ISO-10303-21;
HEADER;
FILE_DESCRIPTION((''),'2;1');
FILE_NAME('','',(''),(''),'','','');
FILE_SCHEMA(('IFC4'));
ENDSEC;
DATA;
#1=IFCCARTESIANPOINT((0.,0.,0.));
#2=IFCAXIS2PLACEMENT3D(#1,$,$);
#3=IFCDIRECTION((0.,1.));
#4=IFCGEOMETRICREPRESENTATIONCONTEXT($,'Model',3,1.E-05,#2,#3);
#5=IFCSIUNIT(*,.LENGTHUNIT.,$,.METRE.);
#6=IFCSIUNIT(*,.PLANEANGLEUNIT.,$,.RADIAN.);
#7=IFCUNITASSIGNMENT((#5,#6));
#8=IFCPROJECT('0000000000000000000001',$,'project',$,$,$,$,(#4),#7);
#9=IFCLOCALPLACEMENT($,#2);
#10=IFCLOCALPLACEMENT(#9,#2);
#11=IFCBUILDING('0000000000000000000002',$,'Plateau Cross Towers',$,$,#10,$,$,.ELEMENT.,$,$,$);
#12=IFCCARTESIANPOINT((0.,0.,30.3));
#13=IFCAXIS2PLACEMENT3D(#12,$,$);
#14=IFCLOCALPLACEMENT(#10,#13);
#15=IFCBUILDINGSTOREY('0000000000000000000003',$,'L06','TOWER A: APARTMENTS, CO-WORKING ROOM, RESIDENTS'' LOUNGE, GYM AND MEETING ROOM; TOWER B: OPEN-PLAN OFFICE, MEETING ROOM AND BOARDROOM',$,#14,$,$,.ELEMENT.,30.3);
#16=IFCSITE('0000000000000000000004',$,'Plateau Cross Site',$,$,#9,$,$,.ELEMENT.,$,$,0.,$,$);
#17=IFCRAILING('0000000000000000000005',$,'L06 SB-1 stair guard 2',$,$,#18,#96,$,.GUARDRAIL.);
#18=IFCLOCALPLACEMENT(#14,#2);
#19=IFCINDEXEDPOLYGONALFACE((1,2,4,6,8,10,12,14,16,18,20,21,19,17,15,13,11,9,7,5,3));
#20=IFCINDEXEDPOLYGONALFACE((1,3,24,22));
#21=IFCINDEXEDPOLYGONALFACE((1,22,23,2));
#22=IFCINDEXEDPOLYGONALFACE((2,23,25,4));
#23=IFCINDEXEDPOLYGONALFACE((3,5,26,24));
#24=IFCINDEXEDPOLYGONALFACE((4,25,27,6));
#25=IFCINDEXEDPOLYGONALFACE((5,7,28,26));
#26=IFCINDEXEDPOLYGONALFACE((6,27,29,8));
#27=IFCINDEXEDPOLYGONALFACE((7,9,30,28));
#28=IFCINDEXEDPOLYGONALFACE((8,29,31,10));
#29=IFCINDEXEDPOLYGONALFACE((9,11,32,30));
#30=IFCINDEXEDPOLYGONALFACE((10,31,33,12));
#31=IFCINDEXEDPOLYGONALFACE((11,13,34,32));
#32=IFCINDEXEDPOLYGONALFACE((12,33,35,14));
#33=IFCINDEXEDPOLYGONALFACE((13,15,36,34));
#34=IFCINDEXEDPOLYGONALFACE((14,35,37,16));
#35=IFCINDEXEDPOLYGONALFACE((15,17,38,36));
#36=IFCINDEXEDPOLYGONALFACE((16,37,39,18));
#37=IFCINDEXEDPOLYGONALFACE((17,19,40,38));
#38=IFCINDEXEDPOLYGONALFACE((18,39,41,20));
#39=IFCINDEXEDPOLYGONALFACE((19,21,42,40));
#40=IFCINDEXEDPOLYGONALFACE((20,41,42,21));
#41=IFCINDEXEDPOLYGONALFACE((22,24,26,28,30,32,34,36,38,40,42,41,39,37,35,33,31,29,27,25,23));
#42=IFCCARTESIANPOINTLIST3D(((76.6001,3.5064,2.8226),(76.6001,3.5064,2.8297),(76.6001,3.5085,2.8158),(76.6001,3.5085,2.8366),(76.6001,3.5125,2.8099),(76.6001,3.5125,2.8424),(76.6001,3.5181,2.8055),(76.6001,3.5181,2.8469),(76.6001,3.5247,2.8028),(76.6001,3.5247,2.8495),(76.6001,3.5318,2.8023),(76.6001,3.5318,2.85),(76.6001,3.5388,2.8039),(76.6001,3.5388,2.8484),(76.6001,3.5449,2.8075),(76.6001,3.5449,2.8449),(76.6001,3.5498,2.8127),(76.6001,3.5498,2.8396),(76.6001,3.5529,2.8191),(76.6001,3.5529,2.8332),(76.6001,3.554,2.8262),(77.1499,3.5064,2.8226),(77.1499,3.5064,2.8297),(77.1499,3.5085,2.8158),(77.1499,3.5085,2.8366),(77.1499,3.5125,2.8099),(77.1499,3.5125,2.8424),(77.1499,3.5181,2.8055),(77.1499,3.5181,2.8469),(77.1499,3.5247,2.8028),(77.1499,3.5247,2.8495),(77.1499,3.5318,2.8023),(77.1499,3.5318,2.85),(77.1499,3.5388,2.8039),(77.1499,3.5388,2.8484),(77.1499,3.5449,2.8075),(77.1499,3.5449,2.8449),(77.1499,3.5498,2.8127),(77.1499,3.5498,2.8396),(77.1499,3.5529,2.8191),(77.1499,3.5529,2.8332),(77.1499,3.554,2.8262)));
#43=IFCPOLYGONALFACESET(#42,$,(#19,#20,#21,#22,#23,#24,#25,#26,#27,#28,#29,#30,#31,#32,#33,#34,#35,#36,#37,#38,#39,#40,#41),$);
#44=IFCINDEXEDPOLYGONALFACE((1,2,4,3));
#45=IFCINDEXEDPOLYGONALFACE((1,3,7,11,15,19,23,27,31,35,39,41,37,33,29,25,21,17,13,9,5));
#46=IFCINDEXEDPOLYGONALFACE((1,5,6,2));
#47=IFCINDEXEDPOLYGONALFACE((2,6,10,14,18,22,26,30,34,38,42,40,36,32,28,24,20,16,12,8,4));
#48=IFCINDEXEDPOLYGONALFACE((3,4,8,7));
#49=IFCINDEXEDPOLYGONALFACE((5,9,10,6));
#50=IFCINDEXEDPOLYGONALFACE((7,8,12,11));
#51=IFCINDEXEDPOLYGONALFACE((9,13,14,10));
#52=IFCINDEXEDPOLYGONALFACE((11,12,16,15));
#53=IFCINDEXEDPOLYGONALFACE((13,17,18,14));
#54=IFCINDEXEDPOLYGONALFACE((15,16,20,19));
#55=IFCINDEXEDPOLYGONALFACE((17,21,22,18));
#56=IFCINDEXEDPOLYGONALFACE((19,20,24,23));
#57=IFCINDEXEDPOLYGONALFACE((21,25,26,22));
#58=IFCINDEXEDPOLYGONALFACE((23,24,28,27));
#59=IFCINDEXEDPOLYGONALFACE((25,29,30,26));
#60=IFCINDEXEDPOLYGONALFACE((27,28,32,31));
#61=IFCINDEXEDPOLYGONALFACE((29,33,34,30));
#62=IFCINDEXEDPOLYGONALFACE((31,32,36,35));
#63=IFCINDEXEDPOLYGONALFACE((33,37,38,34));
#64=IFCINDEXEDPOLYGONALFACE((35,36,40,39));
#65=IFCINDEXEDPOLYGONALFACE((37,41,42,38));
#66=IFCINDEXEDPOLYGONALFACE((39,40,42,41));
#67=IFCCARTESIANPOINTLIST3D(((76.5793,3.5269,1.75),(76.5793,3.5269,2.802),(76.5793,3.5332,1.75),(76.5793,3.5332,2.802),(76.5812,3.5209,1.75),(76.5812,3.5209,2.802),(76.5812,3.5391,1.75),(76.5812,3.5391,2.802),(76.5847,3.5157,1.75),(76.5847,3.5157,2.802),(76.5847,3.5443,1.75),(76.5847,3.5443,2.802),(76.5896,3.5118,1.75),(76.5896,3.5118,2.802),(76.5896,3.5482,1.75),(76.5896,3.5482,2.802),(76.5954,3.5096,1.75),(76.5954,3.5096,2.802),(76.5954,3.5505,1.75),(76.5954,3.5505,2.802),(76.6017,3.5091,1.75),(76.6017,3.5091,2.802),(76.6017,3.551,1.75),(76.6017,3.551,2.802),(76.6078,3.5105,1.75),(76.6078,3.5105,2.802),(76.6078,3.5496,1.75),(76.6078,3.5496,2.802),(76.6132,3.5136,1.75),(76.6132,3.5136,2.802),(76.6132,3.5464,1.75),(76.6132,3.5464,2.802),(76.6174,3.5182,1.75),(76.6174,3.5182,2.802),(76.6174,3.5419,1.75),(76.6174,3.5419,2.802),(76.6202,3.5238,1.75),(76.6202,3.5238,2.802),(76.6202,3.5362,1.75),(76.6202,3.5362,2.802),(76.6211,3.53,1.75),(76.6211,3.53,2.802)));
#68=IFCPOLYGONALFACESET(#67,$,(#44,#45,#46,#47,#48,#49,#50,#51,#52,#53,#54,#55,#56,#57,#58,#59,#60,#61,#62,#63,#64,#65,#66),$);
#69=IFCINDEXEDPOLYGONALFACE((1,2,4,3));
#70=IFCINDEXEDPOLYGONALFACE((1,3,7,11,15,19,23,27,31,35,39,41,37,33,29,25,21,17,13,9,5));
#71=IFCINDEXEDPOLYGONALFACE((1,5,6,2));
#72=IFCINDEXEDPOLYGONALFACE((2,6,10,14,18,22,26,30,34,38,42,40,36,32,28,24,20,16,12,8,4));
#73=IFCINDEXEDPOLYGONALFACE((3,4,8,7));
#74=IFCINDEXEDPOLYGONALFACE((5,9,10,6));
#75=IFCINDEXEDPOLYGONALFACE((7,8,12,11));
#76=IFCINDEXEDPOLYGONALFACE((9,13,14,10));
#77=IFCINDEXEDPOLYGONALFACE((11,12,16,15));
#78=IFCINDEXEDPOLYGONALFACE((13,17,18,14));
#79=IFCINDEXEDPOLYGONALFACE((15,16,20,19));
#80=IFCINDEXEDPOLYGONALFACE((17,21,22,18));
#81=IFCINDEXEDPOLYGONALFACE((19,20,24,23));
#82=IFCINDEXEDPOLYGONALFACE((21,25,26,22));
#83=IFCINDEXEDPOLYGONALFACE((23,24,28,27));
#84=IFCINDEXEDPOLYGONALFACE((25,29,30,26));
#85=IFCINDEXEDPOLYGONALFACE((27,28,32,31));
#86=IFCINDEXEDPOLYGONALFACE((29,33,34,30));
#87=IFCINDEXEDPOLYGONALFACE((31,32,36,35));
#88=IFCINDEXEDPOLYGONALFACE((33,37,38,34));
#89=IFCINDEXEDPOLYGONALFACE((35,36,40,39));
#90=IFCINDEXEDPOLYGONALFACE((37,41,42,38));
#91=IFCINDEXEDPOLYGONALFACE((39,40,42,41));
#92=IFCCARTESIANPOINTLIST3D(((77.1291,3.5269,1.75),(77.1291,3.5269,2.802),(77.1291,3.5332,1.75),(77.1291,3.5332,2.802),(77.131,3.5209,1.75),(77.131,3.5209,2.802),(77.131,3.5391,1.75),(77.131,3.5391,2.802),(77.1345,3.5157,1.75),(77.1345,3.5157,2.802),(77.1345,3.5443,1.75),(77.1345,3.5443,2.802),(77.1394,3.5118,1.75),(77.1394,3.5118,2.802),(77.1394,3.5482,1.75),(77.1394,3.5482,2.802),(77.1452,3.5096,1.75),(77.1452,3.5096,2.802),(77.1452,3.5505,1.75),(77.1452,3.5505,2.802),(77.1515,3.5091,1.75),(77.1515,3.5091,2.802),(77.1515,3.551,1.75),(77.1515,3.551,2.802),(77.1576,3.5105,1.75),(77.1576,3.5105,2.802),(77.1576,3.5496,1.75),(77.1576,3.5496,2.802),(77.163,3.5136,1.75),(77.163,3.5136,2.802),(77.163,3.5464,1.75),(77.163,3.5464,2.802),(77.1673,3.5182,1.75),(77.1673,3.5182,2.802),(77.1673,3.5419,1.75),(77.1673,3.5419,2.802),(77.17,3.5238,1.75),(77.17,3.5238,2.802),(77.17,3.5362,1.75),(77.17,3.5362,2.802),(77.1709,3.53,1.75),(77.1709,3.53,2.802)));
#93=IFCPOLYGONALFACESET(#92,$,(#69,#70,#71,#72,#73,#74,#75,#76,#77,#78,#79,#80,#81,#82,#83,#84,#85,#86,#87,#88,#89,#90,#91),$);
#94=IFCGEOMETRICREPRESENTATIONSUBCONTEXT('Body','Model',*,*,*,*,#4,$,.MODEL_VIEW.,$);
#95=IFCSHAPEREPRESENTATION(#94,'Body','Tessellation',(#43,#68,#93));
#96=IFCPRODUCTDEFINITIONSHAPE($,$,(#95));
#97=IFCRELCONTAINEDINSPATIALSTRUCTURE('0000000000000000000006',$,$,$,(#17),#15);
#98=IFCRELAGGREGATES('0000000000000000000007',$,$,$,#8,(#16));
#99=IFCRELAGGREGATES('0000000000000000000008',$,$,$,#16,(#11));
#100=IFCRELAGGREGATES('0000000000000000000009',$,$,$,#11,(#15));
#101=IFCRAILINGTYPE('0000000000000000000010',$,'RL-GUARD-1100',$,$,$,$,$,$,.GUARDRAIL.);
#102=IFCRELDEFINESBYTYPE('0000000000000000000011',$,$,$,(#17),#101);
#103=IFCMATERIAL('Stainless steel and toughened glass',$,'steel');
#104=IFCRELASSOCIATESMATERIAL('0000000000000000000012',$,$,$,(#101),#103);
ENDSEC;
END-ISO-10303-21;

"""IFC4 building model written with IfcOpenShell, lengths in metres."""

from ifc_helpers import new_model, si_unit, direction, frame, origin, origin_2d, place, context, subcontext, project, spatial, circle, extrude, material, type_object, element, save


model = new_model("IFC4")

# Units and contexts
model_context = context("Model", 3, precision=1e-05, world=origin(), true_north=direction((0.0, 1.0)))
body_context = subcontext(model_context, "Body", "Model", "MODEL_VIEW")
ifc_project = project(units=[si_unit("LENGTHUNIT", "METRE"), si_unit("PLANEANGLEUNIT", "RADIAN")], contexts=[model_context])

# Site, building, storey
site_placement = place(None, origin())
site = spatial("IfcSite", under=ifc_project, at=site_placement, Name="Plateau Cross Site", CompositionType="ELEMENT", RefElevation=0.0)
building_placement = place(site_placement, origin())
building = spatial("IfcBuilding", under=site, at=building_placement, Name="Plateau Cross Towers", CompositionType="ELEMENT")
storey_placement = place(building_placement, frame((0.0, 0.0, 30.3)))
storey = spatial("IfcBuildingStorey", under=building, at=storey_placement, Name="L06", Description="TOWER A: APARTMENTS, CO-WORKING ROOM, RESIDENTS' LOUNGE, GYM AND MEETING ROOM; TOWER B: OPEN-PLAN OFFICE, MEETING ROOM AND BOARDROOM", CompositionType="ELEMENT", Elevation=30.3)

# Railing
ifc_material_1 = material(Name="Stainless steel and toughened glass", Category="steel")
railing_type_1 = type_object("IfcRailingType", Name="RL-GUARD-1100", PredefinedType="GUARDRAIL", material=ifc_material_1)
railing_1_placement = place(storey_placement, frame((76.6001, 3.53, 1.75)))
element("IfcRailing", 1, at=railing_1_placement, inside=storey, type_object=railing_type_1, Name="L06 SB-1 stair guard 2", PredefinedType="GUARDRAIL", context=body_context, shape_type="SweptSolid", body=[
    extrude(circle(Radius=0.0239, at=origin_2d()), frame((0.0, 0.0, 1.0762), z_axis=(1.0, 0.0, 0.0), x_axis=(0.0, 1.0, 0.0)), (0.0, 0.0, 1.0), 0.5498),
    extrude(circle(Radius=0.021, at=origin_2d()), origin(), (0.0, 0.0, 1.0), 1.052),
    extrude(circle(Radius=0.021, at=origin_2d()), frame((0.5498, 0.0, 0.0)), (0.0, 0.0, 1.0), 1.052),
])

save(model, "model.ifc")
